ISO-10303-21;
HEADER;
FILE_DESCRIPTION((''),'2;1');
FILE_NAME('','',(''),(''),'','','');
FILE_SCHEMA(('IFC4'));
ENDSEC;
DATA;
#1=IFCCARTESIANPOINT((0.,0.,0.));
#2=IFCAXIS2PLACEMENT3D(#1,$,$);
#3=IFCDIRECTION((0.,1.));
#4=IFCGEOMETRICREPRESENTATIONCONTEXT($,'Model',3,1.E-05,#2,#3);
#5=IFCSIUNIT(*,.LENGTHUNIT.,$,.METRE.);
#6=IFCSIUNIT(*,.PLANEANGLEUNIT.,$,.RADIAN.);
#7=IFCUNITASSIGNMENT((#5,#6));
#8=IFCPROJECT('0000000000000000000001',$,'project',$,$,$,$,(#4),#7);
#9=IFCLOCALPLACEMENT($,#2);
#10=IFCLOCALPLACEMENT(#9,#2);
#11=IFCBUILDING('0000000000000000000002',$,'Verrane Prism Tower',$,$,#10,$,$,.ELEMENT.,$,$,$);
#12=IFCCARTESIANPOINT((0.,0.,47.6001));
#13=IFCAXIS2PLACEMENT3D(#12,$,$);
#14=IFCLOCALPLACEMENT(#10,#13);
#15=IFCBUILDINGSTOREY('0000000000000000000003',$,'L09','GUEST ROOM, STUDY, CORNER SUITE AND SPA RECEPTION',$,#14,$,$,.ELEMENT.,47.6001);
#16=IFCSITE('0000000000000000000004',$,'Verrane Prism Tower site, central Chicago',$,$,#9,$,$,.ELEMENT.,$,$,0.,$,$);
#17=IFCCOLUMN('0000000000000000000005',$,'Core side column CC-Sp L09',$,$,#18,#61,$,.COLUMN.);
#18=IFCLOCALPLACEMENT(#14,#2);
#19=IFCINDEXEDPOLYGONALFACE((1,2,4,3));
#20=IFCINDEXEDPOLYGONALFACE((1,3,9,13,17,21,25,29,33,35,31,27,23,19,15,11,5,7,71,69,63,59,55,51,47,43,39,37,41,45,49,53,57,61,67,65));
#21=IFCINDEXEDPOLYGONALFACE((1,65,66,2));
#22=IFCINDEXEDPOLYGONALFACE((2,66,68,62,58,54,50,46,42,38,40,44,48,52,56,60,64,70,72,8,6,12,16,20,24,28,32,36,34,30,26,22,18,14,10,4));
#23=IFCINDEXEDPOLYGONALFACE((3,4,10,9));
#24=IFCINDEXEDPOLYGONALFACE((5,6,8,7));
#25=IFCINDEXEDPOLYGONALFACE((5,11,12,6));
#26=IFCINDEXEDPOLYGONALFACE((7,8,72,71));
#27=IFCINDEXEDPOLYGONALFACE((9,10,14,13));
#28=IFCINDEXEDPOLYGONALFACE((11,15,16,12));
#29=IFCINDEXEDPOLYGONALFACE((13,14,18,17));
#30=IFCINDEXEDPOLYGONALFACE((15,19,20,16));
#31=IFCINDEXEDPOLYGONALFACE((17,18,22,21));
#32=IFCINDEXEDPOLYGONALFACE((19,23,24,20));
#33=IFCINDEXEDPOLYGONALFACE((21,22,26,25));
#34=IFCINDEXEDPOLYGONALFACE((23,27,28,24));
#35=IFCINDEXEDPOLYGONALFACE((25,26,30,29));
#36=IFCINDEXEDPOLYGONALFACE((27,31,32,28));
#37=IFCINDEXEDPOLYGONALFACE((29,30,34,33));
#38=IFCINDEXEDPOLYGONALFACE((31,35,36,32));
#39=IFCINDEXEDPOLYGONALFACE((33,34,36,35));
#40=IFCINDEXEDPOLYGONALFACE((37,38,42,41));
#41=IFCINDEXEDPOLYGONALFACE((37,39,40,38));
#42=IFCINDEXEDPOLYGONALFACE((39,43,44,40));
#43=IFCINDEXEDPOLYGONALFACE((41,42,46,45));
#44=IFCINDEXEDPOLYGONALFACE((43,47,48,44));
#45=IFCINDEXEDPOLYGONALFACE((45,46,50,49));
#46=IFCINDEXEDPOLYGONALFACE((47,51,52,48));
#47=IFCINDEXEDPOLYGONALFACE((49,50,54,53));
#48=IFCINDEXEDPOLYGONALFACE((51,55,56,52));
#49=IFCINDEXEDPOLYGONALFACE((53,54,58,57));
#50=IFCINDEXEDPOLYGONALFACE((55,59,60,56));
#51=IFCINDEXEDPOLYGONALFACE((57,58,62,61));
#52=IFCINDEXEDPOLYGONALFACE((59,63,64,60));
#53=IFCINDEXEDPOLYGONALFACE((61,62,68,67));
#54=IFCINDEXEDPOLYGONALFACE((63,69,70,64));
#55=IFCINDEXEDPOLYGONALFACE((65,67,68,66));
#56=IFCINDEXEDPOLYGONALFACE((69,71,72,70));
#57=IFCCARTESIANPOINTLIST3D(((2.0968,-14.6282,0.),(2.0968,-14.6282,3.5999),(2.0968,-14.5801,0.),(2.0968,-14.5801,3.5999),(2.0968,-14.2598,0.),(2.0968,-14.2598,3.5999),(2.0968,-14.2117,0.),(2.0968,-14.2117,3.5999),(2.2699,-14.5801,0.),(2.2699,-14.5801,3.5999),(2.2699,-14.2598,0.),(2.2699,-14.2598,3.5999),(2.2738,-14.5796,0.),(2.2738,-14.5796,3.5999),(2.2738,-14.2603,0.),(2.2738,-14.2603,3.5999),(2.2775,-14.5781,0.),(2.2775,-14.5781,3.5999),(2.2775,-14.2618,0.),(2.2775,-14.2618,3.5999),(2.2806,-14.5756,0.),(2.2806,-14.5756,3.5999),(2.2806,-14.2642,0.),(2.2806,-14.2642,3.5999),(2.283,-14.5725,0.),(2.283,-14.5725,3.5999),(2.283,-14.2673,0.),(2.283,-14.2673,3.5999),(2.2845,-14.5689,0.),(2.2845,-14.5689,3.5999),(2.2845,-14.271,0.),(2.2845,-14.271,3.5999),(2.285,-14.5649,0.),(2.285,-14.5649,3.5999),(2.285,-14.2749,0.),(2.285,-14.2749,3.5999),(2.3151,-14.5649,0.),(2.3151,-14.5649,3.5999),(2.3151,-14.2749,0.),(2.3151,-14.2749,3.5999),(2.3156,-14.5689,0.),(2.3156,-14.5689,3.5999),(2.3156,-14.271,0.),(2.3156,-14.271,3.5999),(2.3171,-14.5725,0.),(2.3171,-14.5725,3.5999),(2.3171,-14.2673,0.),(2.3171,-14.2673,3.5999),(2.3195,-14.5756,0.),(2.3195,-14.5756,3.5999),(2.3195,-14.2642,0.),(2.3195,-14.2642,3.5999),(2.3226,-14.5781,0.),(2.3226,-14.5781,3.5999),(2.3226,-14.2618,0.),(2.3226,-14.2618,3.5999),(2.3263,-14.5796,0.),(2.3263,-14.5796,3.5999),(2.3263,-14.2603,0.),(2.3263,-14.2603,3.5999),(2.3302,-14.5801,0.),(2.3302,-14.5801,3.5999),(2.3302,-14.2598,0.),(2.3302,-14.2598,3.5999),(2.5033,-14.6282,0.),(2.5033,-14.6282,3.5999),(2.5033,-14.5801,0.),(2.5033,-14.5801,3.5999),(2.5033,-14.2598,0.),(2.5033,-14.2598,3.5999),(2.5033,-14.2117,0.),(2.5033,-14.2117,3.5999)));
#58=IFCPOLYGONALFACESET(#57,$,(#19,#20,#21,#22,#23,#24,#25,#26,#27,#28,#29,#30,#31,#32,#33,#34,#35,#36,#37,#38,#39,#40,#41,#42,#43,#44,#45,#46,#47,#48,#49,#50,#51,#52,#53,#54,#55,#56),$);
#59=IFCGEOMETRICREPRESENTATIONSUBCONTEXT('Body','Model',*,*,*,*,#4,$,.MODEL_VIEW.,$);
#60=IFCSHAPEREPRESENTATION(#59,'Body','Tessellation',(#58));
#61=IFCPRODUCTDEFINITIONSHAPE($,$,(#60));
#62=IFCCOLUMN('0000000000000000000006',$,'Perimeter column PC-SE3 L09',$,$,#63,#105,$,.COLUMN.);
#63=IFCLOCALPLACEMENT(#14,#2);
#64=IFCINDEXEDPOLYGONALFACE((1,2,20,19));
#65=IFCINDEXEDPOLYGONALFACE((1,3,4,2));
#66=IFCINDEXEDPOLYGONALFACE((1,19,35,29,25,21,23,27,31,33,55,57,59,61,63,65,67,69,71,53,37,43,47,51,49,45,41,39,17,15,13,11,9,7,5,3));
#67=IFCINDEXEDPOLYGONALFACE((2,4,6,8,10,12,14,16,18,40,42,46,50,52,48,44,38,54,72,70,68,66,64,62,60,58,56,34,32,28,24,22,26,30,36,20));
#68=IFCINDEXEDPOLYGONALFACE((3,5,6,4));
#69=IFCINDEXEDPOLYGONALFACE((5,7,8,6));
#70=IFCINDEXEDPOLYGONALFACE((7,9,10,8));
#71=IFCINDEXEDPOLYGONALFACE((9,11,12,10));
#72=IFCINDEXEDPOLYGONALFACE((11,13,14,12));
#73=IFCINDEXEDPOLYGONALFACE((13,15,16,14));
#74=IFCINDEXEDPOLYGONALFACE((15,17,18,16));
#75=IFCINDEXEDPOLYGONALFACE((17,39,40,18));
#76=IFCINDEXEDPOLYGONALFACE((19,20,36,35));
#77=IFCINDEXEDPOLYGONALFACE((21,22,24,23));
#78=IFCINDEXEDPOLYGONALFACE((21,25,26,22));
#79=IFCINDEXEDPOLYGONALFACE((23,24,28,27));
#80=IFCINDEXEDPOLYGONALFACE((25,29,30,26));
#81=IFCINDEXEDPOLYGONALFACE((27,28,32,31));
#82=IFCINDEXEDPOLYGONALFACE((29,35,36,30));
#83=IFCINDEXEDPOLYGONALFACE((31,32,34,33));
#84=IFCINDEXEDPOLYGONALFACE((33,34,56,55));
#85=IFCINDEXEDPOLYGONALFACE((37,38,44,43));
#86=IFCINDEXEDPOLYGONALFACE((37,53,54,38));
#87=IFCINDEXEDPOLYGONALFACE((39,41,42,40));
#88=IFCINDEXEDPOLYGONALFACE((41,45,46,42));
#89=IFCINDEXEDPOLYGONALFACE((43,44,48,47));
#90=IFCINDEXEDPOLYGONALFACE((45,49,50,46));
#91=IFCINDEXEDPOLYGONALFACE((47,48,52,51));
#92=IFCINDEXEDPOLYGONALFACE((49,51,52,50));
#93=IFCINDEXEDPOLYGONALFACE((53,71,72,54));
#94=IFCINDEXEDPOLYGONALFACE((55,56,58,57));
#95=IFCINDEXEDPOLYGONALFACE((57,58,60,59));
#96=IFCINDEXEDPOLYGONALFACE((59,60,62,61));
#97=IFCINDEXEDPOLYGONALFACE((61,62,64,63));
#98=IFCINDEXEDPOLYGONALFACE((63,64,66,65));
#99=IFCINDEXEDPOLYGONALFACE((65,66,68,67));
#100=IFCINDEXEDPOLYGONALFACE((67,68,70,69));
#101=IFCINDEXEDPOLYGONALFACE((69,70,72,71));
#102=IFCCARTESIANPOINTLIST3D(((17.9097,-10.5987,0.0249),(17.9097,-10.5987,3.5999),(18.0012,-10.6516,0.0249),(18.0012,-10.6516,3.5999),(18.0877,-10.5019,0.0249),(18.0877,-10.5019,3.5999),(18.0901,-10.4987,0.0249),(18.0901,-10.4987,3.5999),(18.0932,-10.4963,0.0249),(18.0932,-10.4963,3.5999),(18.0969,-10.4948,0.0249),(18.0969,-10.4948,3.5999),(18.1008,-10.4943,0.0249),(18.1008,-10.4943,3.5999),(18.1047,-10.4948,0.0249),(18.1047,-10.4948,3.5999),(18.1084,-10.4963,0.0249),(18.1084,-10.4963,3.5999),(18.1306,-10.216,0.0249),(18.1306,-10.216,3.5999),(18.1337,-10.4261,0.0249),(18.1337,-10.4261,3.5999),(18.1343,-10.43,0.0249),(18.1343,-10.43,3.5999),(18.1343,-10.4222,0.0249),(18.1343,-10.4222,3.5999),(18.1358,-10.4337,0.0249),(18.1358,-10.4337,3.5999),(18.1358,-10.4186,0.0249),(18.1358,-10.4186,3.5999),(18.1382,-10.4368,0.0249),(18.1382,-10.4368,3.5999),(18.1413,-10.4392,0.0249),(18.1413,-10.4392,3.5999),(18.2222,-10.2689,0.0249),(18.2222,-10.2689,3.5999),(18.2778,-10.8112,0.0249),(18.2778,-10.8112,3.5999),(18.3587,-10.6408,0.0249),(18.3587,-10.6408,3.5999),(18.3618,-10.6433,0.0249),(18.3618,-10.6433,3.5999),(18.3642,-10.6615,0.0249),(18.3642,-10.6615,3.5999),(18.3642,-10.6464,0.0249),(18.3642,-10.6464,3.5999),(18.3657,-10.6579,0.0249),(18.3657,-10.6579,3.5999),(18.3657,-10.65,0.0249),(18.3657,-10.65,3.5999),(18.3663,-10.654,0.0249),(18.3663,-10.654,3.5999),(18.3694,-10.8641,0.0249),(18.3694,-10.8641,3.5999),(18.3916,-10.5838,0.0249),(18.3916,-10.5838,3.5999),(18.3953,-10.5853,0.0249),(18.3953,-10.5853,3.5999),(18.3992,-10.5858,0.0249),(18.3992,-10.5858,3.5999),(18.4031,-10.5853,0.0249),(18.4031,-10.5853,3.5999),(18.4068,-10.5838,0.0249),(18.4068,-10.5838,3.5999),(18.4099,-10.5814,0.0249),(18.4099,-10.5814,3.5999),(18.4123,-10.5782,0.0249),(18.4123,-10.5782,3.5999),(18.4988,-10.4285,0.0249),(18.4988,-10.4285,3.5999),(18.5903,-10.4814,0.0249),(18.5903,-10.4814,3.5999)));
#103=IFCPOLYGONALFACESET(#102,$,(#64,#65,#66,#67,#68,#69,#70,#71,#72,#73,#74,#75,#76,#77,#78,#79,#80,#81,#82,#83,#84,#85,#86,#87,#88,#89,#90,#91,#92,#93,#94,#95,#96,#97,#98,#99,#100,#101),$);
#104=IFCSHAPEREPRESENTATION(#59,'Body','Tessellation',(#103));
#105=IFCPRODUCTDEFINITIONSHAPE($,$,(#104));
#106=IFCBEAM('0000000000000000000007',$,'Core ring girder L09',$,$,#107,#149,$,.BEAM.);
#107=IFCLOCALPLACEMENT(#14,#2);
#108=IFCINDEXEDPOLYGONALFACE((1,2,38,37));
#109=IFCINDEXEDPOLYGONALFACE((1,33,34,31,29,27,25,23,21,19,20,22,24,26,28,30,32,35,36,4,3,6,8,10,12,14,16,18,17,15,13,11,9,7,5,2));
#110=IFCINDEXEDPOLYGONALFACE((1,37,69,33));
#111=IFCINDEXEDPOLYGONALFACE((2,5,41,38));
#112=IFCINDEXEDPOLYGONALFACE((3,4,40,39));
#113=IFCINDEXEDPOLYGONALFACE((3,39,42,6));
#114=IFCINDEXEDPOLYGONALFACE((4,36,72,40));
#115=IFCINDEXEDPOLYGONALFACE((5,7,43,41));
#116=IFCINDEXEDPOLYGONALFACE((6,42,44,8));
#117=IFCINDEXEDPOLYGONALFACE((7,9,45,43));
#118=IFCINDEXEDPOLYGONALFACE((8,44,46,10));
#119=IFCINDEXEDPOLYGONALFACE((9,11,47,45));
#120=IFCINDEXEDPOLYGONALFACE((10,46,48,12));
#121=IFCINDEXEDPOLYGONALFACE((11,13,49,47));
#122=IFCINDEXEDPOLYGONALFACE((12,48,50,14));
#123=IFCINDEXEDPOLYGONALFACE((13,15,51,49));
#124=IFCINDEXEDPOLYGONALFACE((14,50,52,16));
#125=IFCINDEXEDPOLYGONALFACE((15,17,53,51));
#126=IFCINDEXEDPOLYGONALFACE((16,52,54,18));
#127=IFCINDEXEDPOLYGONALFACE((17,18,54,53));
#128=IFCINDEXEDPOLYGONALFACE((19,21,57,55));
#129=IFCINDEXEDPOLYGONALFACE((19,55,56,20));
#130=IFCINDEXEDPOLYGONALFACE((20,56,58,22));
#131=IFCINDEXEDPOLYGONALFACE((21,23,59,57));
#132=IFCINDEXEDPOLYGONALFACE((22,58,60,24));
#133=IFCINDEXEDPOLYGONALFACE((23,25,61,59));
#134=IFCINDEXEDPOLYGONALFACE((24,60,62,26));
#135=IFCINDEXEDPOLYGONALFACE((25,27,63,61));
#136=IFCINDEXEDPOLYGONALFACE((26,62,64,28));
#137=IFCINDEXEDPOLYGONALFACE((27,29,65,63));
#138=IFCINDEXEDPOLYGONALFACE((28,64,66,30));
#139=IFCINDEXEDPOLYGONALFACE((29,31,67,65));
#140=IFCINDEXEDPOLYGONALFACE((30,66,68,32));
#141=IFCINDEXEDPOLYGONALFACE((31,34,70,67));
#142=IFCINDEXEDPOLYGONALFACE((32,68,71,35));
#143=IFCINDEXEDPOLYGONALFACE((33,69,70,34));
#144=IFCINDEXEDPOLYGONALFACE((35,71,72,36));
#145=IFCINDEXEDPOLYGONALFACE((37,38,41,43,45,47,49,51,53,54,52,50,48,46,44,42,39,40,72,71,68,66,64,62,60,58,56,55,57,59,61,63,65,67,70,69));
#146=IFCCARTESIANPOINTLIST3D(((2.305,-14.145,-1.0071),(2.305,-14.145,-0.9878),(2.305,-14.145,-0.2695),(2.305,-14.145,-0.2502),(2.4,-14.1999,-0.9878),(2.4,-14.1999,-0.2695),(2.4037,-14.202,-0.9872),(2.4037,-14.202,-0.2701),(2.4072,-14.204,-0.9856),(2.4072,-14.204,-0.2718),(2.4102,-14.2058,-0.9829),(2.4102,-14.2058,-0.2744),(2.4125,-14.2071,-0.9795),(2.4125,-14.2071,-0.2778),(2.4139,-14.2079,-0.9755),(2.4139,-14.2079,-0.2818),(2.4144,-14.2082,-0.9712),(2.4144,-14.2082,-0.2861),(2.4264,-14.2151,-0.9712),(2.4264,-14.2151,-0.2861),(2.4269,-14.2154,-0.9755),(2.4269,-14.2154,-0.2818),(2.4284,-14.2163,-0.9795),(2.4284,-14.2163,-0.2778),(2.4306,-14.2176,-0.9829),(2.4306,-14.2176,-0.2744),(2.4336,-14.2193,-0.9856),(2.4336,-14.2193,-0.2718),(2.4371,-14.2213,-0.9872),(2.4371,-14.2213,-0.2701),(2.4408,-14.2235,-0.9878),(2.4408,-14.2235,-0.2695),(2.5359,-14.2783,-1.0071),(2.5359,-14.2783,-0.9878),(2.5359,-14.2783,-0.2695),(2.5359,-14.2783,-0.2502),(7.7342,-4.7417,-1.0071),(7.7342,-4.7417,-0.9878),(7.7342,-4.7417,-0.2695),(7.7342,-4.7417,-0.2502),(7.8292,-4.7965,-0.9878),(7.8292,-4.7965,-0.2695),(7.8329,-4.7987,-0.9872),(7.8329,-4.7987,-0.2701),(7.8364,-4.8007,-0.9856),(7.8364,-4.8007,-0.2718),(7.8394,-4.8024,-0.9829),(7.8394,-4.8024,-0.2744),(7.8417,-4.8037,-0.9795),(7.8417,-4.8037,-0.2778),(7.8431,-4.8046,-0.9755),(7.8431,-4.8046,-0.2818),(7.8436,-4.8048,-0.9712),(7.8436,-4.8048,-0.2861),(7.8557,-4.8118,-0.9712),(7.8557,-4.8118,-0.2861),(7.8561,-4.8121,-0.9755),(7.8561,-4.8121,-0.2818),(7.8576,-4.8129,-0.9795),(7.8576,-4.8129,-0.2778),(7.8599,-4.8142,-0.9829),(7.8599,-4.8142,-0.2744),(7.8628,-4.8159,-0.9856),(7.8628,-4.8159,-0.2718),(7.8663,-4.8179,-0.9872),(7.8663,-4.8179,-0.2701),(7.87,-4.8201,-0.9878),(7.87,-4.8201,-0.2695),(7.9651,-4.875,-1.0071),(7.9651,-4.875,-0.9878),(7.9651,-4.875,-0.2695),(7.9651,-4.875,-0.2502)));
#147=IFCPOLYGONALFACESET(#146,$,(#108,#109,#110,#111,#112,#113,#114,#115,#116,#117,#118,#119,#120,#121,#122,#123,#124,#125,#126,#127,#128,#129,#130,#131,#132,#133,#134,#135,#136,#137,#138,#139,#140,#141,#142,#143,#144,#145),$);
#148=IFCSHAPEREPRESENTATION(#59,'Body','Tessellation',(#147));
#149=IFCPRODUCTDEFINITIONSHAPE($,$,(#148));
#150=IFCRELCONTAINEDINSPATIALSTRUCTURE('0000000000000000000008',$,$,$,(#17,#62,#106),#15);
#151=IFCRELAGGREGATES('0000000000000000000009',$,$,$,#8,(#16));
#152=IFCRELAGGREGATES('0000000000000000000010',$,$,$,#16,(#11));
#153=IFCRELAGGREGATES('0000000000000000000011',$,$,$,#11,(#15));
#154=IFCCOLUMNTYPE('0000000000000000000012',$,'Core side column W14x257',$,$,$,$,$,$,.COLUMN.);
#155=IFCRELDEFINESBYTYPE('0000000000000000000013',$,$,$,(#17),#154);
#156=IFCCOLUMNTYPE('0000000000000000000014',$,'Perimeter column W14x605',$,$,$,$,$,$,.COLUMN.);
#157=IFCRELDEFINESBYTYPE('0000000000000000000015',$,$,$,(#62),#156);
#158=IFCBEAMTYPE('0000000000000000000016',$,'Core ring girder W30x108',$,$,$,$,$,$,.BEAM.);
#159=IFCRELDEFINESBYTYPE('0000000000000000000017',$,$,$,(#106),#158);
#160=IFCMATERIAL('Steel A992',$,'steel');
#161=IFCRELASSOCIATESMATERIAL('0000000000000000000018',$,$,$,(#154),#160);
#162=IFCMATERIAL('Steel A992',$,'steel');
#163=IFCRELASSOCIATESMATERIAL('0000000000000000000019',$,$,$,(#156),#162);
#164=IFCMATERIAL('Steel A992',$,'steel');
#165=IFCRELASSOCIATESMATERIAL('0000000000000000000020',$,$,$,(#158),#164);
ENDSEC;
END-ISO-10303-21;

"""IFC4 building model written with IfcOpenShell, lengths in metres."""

from ifc_helpers import new_model, si_unit, direction, frame, origin, origin_2d, place, context, subcontext, project, spatial, i_section, extrude, material, material_profile, profile_set, type_object, element, save


model = new_model("IFC4")

# Units and contexts
model_context = context("Model", 3, precision=1e-05, world=origin(), true_north=direction((0.0, 1.0)))
body_context = subcontext(model_context, "Body", "Model", "MODEL_VIEW")
ifc_project = project(units=[si_unit("LENGTHUNIT", "METRE"), si_unit("PLANEANGLEUNIT", "RADIAN")], contexts=[model_context])

# Site, building, storey
site_placement = place(None, origin())
site = spatial("IfcSite", under=ifc_project, at=site_placement, Name="Verrane Prism Tower site, central Chicago", CompositionType="ELEMENT", RefElevation=0.0)
building_placement = place(site_placement, origin())
building = spatial("IfcBuilding", under=site, at=building_placement, Name="Verrane Prism Tower", CompositionType="ELEMENT")
storey_placement = place(building_placement, frame((0.0, 0.0, 47.6001)))
storey = spatial("IfcBuildingStorey", under=building, at=storey_placement, Name="L09", Description="GUEST ROOM, STUDY, CORNER SUITE AND SPA RECEPTION", CompositionType="ELEMENT", Elevation=47.6001)

# Columns
ifc_material_1 = material(Name="Steel A992", Category="steel")
ifc_material_profile_1 = material_profile(ifc_material_1, i_section(OverallWidth=0.4065, OverallDepth=0.4165, WebThickness=0.03, FlangeThickness=0.0481, FilletRadius=0.0151, at=origin_2d()), Name="W14x257")
ifc_profile_set_1 = profile_set([ifc_material_profile_1], Name="Steel A992")
column_type_1 = type_object("IfcColumnType", Name="Core side column W14x257", PredefinedType="COLUMN", material=ifc_profile_set_1)
column_1_placement = place(storey_placement, frame((2.3, -14.4199, 0.0), z_axis=(0.0, 0.0, 1.0), x_axis=(1.0, 0.0, 0.0)))
element("IfcColumn", 1, at=column_1_placement, inside=storey, type_object=column_type_1, Name="Core side column CC-Sp L09", PredefinedType="COLUMN", context=body_context, shape_type="SweptSolid", body=[
    extrude(i_section(OverallWidth=0.4065, OverallDepth=0.4165, WebThickness=0.03, FlangeThickness=0.0481, FilletRadius=0.0151, at=origin_2d()), origin(), (0.0, 0.0, 1.0), 3.5999),
])
ifc_material_2 = material(Name="Steel A992", Category="steel")
ifc_material_profile_2 = material_profile(ifc_material_2, i_section(OverallWidth=0.4419, OverallDepth=0.5308, WebThickness=0.0659, FlangeThickness=0.1057, FilletRadius=0.0151, at=origin_2d()), Name="W14x605")
ifc_profile_set_2 = profile_set([ifc_material_profile_2], Name="Steel A992")
column_type_2 = type_object("IfcColumnType", Name="Perimeter column W14x605", PredefinedType="COLUMN", material=ifc_profile_set_2)
column_2_placement = place(storey_placement, frame((18.25, -10.54, 0.0249), z_axis=(0.0, 0.0, 1.0), x_axis=(-0.5, -0.866025, 0.0)))
element("IfcColumn", 2, at=column_2_placement, inside=storey, type_object=column_type_2, Name="Perimeter column PC-SE3 L09", PredefinedType="COLUMN", context=body_context, shape_type="SweptSolid", body=[
    extrude(i_section(OverallWidth=0.4419, OverallDepth=0.5308, WebThickness=0.0659, FlangeThickness=0.1057, FilletRadius=0.0151, at=origin_2d()), origin(), (0.0, 0.0, 1.0), 3.575),
])

# Beam
ifc_material_3 = material(Name="Steel A992", Category="steel")
ifc_material_profile_3 = material_profile(ifc_material_3, i_section(OverallWidth=0.2666, OverallDepth=0.7568, WebThickness=0.0139, FlangeThickness=0.0193, FilletRadius=0.0166, at=origin_2d()), Name="W30x108")
ifc_profile_set_3 = profile_set([ifc_material_profile_3], Name="Steel A992")
beam_type_1 = type_object("IfcBeamType", Name="Core ring girder W30x108", PredefinedType="BEAM", material=ifc_profile_set_3)
beam_1_placement = place(storey_placement, frame((2.4204, -14.2117, -0.6287), z_axis=(0.500013, 0.866018, 0.0), x_axis=(-0.866018, 0.500013, 0.0)))
element("IfcBeam", 3, at=beam_1_placement, inside=storey, type_object=beam_type_1, Name="Core ring girder L09", PredefinedType="BEAM", context=body_context, shape_type="SweptSolid", body=[
    extrude(i_section(OverallWidth=0.2666, OverallDepth=0.7568, WebThickness=0.0139, FlangeThickness=0.0193, FilletRadius=0.0166, at=origin_2d()), origin(), (0.0, 0.0, 1.0), 10.8582),
])

save(model, "model.ifc")
